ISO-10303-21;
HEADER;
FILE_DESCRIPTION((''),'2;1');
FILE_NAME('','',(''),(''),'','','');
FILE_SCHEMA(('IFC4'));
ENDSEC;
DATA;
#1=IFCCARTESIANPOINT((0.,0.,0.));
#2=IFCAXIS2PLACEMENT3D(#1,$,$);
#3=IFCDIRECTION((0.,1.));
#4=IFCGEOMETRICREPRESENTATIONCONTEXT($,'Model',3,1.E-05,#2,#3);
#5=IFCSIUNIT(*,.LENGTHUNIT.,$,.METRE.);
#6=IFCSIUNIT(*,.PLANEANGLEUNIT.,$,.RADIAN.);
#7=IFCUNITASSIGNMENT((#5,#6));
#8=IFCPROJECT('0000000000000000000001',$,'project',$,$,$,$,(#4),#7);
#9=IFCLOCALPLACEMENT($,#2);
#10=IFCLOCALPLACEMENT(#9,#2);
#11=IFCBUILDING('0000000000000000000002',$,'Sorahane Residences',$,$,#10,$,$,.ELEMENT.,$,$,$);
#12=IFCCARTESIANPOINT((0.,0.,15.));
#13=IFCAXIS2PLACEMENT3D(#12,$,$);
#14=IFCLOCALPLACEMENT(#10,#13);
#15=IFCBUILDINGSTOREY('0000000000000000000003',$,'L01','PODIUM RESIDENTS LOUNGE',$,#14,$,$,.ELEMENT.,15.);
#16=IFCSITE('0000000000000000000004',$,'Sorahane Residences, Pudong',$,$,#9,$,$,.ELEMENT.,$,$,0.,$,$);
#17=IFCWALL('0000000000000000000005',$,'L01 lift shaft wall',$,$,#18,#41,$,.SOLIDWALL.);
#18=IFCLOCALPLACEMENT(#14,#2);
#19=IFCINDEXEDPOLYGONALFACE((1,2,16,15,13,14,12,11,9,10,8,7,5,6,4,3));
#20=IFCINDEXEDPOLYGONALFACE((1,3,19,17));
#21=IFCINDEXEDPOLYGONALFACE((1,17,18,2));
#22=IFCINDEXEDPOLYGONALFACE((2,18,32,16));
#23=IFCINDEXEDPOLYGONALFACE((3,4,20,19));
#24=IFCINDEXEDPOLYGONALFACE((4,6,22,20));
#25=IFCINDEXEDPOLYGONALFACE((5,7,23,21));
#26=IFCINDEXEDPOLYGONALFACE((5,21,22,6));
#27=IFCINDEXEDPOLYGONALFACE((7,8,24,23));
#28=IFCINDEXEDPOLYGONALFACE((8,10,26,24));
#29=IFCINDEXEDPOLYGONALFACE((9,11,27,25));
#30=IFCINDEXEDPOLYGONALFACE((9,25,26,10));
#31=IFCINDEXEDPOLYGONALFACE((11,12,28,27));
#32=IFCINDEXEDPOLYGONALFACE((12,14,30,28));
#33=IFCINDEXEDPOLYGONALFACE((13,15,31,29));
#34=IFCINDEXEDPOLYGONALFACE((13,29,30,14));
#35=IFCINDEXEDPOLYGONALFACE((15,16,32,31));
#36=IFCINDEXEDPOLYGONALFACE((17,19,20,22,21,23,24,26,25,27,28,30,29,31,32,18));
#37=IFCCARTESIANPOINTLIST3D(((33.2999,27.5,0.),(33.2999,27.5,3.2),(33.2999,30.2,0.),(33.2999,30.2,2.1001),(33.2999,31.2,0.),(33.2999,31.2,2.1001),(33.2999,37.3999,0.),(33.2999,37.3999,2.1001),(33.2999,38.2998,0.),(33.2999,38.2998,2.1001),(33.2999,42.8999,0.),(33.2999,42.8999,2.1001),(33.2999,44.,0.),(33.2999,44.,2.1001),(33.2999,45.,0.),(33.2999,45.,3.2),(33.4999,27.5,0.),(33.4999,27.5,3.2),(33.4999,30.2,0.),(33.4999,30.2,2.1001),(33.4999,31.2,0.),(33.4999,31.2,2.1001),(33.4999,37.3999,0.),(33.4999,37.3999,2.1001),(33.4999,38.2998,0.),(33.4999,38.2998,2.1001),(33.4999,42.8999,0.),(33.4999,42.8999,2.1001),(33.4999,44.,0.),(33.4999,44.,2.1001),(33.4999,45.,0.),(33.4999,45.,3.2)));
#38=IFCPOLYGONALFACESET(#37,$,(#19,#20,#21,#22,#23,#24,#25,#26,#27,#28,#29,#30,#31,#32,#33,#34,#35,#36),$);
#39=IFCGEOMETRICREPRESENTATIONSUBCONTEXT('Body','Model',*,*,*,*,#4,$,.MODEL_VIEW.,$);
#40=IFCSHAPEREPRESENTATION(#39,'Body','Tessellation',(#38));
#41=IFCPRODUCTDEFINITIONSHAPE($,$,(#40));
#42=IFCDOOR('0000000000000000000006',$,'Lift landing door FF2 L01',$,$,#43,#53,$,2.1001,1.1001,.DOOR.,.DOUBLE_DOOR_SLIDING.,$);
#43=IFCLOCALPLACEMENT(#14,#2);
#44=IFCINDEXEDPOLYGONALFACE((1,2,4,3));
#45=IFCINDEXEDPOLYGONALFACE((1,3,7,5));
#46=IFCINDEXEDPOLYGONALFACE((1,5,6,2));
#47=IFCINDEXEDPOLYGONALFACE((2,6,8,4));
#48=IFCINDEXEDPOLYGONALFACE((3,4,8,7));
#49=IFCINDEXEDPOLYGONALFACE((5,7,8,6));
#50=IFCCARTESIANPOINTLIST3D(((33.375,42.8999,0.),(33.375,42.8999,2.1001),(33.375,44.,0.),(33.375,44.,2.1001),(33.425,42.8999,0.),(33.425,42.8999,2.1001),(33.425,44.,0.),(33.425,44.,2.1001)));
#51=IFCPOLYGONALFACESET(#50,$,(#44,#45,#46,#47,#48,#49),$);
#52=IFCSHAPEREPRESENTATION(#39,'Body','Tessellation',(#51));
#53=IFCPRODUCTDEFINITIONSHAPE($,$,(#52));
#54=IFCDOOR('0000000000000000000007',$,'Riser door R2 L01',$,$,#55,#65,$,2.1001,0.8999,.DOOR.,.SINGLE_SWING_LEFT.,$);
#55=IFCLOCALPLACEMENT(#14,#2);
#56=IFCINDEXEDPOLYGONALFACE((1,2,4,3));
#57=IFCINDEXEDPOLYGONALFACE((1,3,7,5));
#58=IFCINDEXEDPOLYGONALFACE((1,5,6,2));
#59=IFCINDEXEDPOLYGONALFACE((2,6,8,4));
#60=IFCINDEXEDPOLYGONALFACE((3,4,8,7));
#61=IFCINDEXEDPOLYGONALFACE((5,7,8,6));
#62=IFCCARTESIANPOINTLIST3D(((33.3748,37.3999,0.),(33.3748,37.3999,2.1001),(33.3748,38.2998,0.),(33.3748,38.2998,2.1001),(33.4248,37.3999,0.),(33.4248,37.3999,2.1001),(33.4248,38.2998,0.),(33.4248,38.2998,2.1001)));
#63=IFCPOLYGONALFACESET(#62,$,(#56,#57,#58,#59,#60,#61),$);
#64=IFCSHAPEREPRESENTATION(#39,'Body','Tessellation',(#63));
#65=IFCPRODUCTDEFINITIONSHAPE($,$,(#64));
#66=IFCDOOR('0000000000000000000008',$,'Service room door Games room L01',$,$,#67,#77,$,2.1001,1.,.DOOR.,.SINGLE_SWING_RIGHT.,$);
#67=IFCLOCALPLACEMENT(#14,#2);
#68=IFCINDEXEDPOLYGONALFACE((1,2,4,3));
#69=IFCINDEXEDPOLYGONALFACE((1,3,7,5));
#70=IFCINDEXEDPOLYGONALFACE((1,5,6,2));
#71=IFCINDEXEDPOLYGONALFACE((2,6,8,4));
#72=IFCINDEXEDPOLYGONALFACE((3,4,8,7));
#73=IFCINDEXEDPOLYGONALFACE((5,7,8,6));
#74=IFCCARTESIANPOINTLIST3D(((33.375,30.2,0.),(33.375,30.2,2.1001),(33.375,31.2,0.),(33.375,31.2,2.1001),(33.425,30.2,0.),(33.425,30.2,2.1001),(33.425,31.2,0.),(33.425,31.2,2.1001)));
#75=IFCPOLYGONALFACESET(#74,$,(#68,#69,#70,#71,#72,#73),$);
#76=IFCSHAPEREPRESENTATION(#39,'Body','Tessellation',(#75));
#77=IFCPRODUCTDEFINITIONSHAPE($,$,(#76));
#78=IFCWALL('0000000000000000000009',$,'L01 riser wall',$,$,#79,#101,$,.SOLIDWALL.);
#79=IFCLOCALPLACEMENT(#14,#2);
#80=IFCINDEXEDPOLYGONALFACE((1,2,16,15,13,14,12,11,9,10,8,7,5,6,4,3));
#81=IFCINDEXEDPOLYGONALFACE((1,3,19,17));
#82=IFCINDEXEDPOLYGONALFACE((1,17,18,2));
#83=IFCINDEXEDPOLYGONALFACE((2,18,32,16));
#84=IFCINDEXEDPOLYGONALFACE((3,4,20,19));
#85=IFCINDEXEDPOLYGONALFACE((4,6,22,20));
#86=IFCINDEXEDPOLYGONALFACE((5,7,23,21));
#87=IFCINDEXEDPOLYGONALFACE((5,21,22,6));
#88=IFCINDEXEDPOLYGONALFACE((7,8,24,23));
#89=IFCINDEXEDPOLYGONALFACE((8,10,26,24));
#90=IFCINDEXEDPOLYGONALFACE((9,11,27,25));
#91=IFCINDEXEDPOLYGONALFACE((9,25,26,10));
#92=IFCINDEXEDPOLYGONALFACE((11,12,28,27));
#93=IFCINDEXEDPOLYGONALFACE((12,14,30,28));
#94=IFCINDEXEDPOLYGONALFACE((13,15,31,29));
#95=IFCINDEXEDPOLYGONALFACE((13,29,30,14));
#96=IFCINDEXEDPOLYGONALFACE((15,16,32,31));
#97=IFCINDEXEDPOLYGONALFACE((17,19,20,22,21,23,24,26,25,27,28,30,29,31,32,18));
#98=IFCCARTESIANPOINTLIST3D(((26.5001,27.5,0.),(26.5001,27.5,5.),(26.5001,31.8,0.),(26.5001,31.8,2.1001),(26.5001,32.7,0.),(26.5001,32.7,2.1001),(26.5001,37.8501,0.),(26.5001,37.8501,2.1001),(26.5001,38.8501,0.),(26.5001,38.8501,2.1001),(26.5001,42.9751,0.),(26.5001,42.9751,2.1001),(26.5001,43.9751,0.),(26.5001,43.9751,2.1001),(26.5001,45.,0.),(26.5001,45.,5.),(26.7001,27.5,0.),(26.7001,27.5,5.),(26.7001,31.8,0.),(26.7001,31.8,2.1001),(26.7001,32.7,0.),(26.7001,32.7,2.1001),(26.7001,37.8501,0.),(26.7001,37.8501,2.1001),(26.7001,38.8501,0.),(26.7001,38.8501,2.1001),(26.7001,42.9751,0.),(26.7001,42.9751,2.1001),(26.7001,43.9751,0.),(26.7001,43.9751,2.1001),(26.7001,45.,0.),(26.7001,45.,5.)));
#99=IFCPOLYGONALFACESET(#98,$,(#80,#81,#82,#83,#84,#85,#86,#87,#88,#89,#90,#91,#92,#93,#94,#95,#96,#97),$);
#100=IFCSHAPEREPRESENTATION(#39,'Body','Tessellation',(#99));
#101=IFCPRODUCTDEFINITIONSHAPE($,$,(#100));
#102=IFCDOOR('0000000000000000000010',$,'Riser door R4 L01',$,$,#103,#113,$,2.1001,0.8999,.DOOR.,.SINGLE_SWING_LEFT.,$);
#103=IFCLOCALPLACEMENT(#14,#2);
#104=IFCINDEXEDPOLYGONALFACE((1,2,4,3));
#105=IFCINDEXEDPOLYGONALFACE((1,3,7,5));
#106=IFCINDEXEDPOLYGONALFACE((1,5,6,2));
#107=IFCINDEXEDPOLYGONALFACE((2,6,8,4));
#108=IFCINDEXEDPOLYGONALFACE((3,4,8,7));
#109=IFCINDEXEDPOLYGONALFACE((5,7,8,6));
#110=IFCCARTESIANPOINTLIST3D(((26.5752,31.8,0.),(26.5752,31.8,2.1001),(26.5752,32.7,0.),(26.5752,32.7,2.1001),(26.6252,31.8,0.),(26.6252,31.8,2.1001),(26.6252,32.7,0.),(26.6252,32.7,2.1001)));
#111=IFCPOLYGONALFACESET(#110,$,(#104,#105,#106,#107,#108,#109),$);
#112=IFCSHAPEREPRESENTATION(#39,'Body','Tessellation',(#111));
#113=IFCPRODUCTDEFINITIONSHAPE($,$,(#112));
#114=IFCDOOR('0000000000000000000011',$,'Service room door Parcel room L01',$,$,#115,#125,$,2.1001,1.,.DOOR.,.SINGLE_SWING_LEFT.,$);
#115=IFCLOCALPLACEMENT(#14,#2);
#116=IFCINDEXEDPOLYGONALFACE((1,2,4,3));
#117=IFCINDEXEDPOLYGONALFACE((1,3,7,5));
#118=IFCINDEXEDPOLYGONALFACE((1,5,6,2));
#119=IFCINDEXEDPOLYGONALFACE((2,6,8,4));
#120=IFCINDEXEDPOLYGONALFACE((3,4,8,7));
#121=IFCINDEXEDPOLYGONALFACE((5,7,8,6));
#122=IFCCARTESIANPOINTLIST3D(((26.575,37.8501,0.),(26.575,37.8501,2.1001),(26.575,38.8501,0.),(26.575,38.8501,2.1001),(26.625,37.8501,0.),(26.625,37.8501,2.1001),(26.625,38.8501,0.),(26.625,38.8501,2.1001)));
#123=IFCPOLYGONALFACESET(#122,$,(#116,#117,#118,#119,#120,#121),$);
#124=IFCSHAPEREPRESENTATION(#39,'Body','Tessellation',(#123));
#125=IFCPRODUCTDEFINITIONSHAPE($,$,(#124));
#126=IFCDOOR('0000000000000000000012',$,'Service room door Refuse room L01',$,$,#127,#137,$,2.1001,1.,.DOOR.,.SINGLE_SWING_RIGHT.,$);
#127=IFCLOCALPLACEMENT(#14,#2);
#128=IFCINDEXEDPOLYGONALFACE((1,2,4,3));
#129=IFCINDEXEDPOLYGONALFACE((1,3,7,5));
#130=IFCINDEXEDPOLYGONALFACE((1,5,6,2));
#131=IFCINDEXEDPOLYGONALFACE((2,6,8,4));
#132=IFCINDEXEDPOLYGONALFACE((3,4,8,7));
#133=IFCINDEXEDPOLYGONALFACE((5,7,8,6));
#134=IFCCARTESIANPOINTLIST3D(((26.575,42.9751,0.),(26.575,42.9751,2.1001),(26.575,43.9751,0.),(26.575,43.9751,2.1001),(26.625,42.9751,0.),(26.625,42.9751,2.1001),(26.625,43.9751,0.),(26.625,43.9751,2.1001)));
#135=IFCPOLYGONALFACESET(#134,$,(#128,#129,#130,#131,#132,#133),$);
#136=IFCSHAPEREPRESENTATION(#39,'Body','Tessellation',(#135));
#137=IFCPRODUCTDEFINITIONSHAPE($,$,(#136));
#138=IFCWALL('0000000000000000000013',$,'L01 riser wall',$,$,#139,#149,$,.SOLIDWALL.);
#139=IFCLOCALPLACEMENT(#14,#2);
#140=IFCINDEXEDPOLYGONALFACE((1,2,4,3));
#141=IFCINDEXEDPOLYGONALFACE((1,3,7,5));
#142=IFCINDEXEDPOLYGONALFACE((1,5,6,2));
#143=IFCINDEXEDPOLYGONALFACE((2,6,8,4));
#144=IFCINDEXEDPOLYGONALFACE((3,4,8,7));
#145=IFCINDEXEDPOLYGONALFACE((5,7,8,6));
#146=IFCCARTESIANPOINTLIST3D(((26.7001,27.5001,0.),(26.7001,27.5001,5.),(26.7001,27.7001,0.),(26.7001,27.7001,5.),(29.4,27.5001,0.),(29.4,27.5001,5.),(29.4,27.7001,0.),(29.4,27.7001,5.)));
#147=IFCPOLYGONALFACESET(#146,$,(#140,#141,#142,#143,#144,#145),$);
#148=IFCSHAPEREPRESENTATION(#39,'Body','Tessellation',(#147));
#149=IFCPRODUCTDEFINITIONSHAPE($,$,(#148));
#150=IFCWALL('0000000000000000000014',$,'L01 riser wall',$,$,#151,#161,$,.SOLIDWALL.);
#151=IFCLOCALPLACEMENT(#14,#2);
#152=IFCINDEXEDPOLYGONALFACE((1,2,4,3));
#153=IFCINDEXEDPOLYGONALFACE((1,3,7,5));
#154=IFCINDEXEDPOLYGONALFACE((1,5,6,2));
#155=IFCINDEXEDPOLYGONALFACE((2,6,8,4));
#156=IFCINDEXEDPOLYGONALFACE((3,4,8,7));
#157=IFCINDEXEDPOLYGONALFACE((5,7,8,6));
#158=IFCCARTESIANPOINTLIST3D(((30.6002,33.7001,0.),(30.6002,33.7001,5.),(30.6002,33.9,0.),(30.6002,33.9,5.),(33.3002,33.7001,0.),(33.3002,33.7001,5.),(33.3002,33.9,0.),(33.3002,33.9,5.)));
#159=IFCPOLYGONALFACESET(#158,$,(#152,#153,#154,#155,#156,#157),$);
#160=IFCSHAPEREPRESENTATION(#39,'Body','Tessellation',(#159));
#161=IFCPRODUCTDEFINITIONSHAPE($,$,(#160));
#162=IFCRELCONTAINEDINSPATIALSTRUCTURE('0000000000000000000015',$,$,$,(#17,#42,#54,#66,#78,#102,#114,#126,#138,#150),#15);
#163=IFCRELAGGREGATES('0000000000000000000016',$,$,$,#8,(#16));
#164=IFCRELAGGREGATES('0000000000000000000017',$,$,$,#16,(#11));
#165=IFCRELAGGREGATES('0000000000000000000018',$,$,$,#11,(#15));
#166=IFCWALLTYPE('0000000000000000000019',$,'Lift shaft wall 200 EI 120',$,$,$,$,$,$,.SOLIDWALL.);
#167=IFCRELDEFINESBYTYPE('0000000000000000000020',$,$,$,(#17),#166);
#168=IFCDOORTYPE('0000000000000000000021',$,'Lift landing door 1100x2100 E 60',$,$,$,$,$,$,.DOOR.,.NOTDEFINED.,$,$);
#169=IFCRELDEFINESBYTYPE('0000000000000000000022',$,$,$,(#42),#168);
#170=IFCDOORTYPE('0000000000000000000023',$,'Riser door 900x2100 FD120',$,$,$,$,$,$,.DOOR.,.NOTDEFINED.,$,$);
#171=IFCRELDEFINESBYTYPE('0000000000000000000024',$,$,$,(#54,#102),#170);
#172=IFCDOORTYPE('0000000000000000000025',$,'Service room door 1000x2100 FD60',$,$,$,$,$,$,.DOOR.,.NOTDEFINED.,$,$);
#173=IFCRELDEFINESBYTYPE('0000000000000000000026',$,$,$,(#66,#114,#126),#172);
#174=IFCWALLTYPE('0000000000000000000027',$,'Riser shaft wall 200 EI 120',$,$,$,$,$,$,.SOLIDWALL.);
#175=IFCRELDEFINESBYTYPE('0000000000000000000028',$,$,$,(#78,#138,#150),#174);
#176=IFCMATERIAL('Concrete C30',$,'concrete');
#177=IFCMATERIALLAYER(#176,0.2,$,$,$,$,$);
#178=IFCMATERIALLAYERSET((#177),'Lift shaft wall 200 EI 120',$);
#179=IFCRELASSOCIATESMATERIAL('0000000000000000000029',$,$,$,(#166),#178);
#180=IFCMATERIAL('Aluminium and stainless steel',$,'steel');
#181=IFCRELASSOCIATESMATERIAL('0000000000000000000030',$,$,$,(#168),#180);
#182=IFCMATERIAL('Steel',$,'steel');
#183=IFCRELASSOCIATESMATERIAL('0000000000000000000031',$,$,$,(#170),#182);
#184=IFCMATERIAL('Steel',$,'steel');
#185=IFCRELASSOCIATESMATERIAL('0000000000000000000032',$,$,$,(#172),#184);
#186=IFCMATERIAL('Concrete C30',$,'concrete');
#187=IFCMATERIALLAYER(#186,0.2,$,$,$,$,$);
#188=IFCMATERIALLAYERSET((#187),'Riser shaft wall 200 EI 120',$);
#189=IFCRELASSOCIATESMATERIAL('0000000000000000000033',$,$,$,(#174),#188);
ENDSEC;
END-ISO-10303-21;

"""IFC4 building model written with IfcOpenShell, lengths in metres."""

from ifc_helpers import new_model, si_unit, direction, frame, frame_2d, origin, place, context, subcontext, project, spatial, rectangle, extrude, material, layer, layer_set, type_object, element, fill, save


model = new_model("IFC4")

# Units and contexts
model_context = context("Model", 3, precision=1e-05, world=origin(), true_north=direction((0.0, 1.0)))
body_context = subcontext(model_context, "Body", "Model", "MODEL_VIEW")
ifc_project = project(units=[si_unit("LENGTHUNIT", "METRE"), si_unit("PLANEANGLEUNIT", "RADIAN")], contexts=[model_context])

# Site, building, storey
site_placement = place(None, origin())
site = spatial("IfcSite", under=ifc_project, at=site_placement, Name="Sorahane Residences, Pudong", CompositionType="ELEMENT", RefElevation=0.0)
building_placement = place(site_placement, origin())
building = spatial("IfcBuilding", under=site, at=building_placement, Name="Sorahane Residences", CompositionType="ELEMENT")
storey_placement = place(building_placement, frame((0.0, 0.0, 15.0)))
storey = spatial("IfcBuildingStorey", under=building, at=storey_placement, Name="L01", Description="PODIUM RESIDENTS LOUNGE", CompositionType="ELEMENT", Elevation=15.0)

# Walls, openings, doors
ifc_material_1 = material(Name="Concrete C30", Category="concrete")
ifc_layer_1 = layer(ifc_material_1, 0.2)
ifc_layer_set_1 = layer_set([ifc_layer_1], Name="Lift shaft wall 200 EI 120")
wall_type_1 = type_object("IfcWallType", Name="Lift shaft wall 200 EI 120", PredefinedType="SOLIDWALL", material=ifc_layer_set_1)
wall_1_placement = place(storey_placement, frame((33.3999, 27.5, 0.0), z_axis=(0.0, 0.0, 1.0), x_axis=(0.0, 1.0, 0.0)))
wall_1 = element("IfcWall", 1, at=wall_1_placement, inside=storey, type_object=wall_type_1, Name="L01 lift shaft wall", PredefinedType="SOLIDWALL", context=body_context, shape_type="SweptSolid", body=[
    extrude(rectangle(XDim=17.5, YDim=0.2, at=frame_2d((8.75, 0.0))), origin(), (0.0, 0.0, 1.0), 3.2),
])
opening_1_placement = place(wall_1_placement, frame((15.3999, 0.0, 0.0)))
opening_1 = element("IfcOpeningElement", 2, at=opening_1_placement, cuts=wall_1, PredefinedType="OPENING", context=body_context, shape_type="SweptSolid", body=[
    extrude(rectangle(XDim=1.1001, YDim=2.1001, at=frame_2d((0.55, 1.05))), frame((0.0, 0.1099, 0.0), z_axis=(0.0, -1.0, 0.0), x_axis=(1.0, 0.0, 0.0)), (0.0, 0.0, 1.0), 0.22),
])
opening_2_placement = place(wall_1_placement, frame((2.7, 0.0, 0.0)))
opening_2 = element("IfcOpeningElement", 3, at=opening_2_placement, cuts=wall_1, PredefinedType="OPENING", context=body_context, shape_type="SweptSolid", body=[
    extrude(rectangle(XDim=1.0, YDim=2.1001, at=frame_2d((0.5, 1.05))), frame((0.0, 0.1099, 0.0), z_axis=(0.0, -1.0, 0.0), x_axis=(1.0, 0.0, 0.0)), (0.0, 0.0, 1.0), 0.22),
])
opening_3_placement = place(wall_1_placement, frame((9.8999, 0.0, 0.0)))
opening_3 = element("IfcOpeningElement", 4, at=opening_3_placement, cuts=wall_1, PredefinedType="OPENING", context=body_context, shape_type="SweptSolid", body=[
    extrude(rectangle(XDim=0.8999, YDim=2.1001, at=frame_2d((0.45, 1.05))), frame((0.0, 0.1099, 0.0), z_axis=(0.0, -1.0, 0.0), x_axis=(1.0, 0.0, 0.0)), (0.0, 0.0, 1.0), 0.22),
])
ifc_material_2 = material(Name="Aluminium and stainless steel", Category="steel")
door_type_1 = type_object("IfcDoorType", Name="Lift landing door 1100x2100 E 60", OperationType="NOTDEFINED", PredefinedType="DOOR", material=ifc_material_2)
door_1_placement = place(opening_1_placement, origin())
door_1 = element("IfcDoor", 5, at=door_1_placement, inside=storey, type_object=door_type_1, Name="Lift landing door FF2 L01", OperationType="DOUBLE_DOOR_SLIDING", OverallHeight=2.1001, OverallWidth=1.1001, PredefinedType="DOOR", context=body_context, shape_type="SweptSolid", body=[
    extrude(rectangle(XDim=1.1001, YDim=2.1001, at=frame_2d((0.55, 1.05))), frame((0.0, 0.0249, 0.0), z_axis=(0.0, -1.0, 0.0), x_axis=(1.0, 0.0, 0.0)), (0.0, 0.0, 1.0), 0.05),
])
fill(opening_1, door_1)
ifc_material_3 = material(Name="Steel", Category="steel")
door_type_2 = type_object("IfcDoorType", Name="Riser door 900x2100 FD120", OperationType="NOTDEFINED", PredefinedType="DOOR", material=ifc_material_3)
door_2_placement = place(opening_3_placement, frame((0.8999, 0.0, 0.0), z_axis=(0.0, 0.0, 1.0), x_axis=(-1.0, 0.0, 0.0)))
door_2 = element("IfcDoor", 6, at=door_2_placement, inside=storey, type_object=door_type_2, Name="Riser door R2 L01", OperationType="SINGLE_SWING_LEFT", OverallHeight=2.1001, OverallWidth=0.8999, PredefinedType="DOOR", context=body_context, shape_type="SweptSolid", body=[
    extrude(rectangle(XDim=0.8999, YDim=2.1001, at=frame_2d((0.45, 1.05))), frame((0.0, 0.0249, 0.0), z_axis=(0.0, -1.0, 0.0), x_axis=(1.0, 0.0, 0.0)), (0.0, 0.0, 1.0), 0.05),
])
fill(opening_3, door_2)
ifc_material_4 = material(Name="Steel", Category="steel")
door_type_3 = type_object("IfcDoorType", Name="Service room door 1000x2100 FD60", OperationType="NOTDEFINED", PredefinedType="DOOR", material=ifc_material_4)
door_3_placement = place(opening_2_placement, origin())
door_3 = element("IfcDoor", 7, at=door_3_placement, inside=storey, type_object=door_type_3, Name="Service room door Games room L01", OperationType="SINGLE_SWING_RIGHT", OverallHeight=2.1001, OverallWidth=1.0, PredefinedType="DOOR", context=body_context, shape_type="SweptSolid", body=[
    extrude(rectangle(XDim=1.0, YDim=2.1001, at=frame_2d((0.5, 1.05))), frame((0.0, 0.0249, 0.0), z_axis=(0.0, -1.0, 0.0), x_axis=(1.0, 0.0, 0.0)), (0.0, 0.0, 1.0), 0.05),
])
fill(opening_2, door_3)
ifc_material_5 = material(Name="Concrete C30", Category="concrete")
ifc_layer_2 = layer(ifc_material_5, 0.2)
ifc_layer_set_2 = layer_set([ifc_layer_2], Name="Riser shaft wall 200 EI 120")
wall_type_2 = type_object("IfcWallType", Name="Riser shaft wall 200 EI 120", PredefinedType="SOLIDWALL", material=ifc_layer_set_2)
wall_2_placement = place(storey_placement, frame((26.6001, 27.5, 0.0), z_axis=(0.0, 0.0, 1.0), x_axis=(0.0, 1.0, 0.0)))
wall_2 = element("IfcWall", 8, at=wall_2_placement, inside=storey, type_object=wall_type_2, Name="L01 riser wall", PredefinedType="SOLIDWALL", context=body_context, shape_type="SweptSolid", body=[
    extrude(rectangle(XDim=17.5, YDim=0.2, at=frame_2d((8.75, 0.0))), origin(), (0.0, 0.0, 1.0), 5.0),
])
opening_4_placement = place(wall_2_placement, frame((4.3, 0.0, 0.0)))
opening_4 = element("IfcOpeningElement", 9, at=opening_4_placement, cuts=wall_2, PredefinedType="OPENING", context=body_context, shape_type="SweptSolid", body=[
    extrude(rectangle(XDim=0.8999, YDim=2.1001, at=frame_2d((0.45, 1.05))), frame((0.0, 0.1099, 0.0), z_axis=(0.0, -1.0, 0.0), x_axis=(1.0, 0.0, 0.0)), (0.0, 0.0, 1.0), 0.22),
])
opening_5_placement = place(wall_2_placement, frame((10.3501, 0.0, 0.0)))
opening_5 = element("IfcOpeningElement", 10, at=opening_5_placement, cuts=wall_2, PredefinedType="OPENING", context=body_context, shape_type="SweptSolid", body=[
    extrude(rectangle(XDim=1.0, YDim=2.1001, at=frame_2d((0.5, 1.05))), frame((0.0, 0.1099, 0.0), z_axis=(0.0, -1.0, 0.0), x_axis=(1.0, 0.0, 0.0)), (0.0, 0.0, 1.0), 0.22),
])
opening_6_placement = place(wall_2_placement, frame((15.4751, 0.0, 0.0)))
opening_6 = element("IfcOpeningElement", 11, at=opening_6_placement, cuts=wall_2, PredefinedType="OPENING", context=body_context, shape_type="SweptSolid", body=[
    extrude(rectangle(XDim=1.0, YDim=2.1001, at=frame_2d((0.5, 1.05))), frame((0.0, 0.1099, 0.0), z_axis=(0.0, -1.0, 0.0), x_axis=(1.0, 0.0, 0.0)), (0.0, 0.0, 1.0), 0.22),
])
door_4_placement = place(opening_4_placement, origin())
door_4 = element("IfcDoor", 12, at=door_4_placement, inside=storey, type_object=door_type_2, Name="Riser door R4 L01", OperationType="SINGLE_SWING_LEFT", OverallHeight=2.1001, OverallWidth=0.8999, PredefinedType="DOOR", context=body_context, shape_type="SweptSolid", body=[
    extrude(rectangle(XDim=0.8999, YDim=2.1001, at=frame_2d((0.45, 1.05))), frame((0.0, 0.0249, 0.0), z_axis=(0.0, -1.0, 0.0), x_axis=(1.0, 0.0, 0.0)), (0.0, 0.0, 1.0), 0.05),
])
fill(opening_4, door_4)
door_5_placement = place(opening_5_placement, frame((1.0, 0.0, 0.0), z_axis=(0.0, 0.0, 1.0), x_axis=(-1.0, 0.0, 0.0)))
door_5 = element("IfcDoor", 13, at=door_5_placement, inside=storey, type_object=door_type_3, Name="Service room door Parcel room L01", OperationType="SINGLE_SWING_LEFT", OverallHeight=2.1001, OverallWidth=1.0, PredefinedType="DOOR", context=body_context, shape_type="SweptSolid", body=[
    extrude(rectangle(XDim=1.0, YDim=2.1001, at=frame_2d((0.5, 1.05))), frame((0.0, 0.0249, 0.0), z_axis=(0.0, -1.0, 0.0), x_axis=(1.0, 0.0, 0.0)), (0.0, 0.0, 1.0), 0.05),
])
fill(opening_5, door_5)
door_6_placement = place(opening_6_placement, frame((1.0, 0.0, 0.0), z_axis=(0.0, 0.0, 1.0), x_axis=(-1.0, 0.0, 0.0)))
door_6 = element("IfcDoor", 14, at=door_6_placement, inside=storey, type_object=door_type_3, Name="Service room door Refuse room L01", OperationType="SINGLE_SWING_RIGHT", OverallHeight=2.1001, OverallWidth=1.0, PredefinedType="DOOR", context=body_context, shape_type="SweptSolid", body=[
    extrude(rectangle(XDim=1.0, YDim=2.1001, at=frame_2d((0.5, 1.05))), frame((0.0, 0.0249, 0.0), z_axis=(0.0, -1.0, 0.0), x_axis=(1.0, 0.0, 0.0)), (0.0, 0.0, 1.0), 0.05),
])
fill(opening_6, door_6)

# Walls
for number, where, z_axis, x_axis, name in (
    (15, (26.7, 27.6001, 0.0), (0.0, 0.0, 1.0), (1.0, 0.0, 0.0), "L01 riser wall"),
    (16, (30.6001, 33.8, 0.0), (0.0, 0.0, 1.0), (1.0, 0.0, 0.0), "L01 riser wall"),
):
    element("IfcWall", number, at=place(storey_placement, frame(where, z_axis=z_axis, x_axis=x_axis)), inside=storey, type_object=wall_type_2, Name=name, PredefinedType="SOLIDWALL", context=body_context, shape_type="SweptSolid", body=[
        extrude(rectangle(XDim=2.7, YDim=0.2, at=frame_2d((1.3501, 0.0))), origin(), (0.0, 0.0, 1.0), 5.0),
    ])

save(model, "model.ifc")
